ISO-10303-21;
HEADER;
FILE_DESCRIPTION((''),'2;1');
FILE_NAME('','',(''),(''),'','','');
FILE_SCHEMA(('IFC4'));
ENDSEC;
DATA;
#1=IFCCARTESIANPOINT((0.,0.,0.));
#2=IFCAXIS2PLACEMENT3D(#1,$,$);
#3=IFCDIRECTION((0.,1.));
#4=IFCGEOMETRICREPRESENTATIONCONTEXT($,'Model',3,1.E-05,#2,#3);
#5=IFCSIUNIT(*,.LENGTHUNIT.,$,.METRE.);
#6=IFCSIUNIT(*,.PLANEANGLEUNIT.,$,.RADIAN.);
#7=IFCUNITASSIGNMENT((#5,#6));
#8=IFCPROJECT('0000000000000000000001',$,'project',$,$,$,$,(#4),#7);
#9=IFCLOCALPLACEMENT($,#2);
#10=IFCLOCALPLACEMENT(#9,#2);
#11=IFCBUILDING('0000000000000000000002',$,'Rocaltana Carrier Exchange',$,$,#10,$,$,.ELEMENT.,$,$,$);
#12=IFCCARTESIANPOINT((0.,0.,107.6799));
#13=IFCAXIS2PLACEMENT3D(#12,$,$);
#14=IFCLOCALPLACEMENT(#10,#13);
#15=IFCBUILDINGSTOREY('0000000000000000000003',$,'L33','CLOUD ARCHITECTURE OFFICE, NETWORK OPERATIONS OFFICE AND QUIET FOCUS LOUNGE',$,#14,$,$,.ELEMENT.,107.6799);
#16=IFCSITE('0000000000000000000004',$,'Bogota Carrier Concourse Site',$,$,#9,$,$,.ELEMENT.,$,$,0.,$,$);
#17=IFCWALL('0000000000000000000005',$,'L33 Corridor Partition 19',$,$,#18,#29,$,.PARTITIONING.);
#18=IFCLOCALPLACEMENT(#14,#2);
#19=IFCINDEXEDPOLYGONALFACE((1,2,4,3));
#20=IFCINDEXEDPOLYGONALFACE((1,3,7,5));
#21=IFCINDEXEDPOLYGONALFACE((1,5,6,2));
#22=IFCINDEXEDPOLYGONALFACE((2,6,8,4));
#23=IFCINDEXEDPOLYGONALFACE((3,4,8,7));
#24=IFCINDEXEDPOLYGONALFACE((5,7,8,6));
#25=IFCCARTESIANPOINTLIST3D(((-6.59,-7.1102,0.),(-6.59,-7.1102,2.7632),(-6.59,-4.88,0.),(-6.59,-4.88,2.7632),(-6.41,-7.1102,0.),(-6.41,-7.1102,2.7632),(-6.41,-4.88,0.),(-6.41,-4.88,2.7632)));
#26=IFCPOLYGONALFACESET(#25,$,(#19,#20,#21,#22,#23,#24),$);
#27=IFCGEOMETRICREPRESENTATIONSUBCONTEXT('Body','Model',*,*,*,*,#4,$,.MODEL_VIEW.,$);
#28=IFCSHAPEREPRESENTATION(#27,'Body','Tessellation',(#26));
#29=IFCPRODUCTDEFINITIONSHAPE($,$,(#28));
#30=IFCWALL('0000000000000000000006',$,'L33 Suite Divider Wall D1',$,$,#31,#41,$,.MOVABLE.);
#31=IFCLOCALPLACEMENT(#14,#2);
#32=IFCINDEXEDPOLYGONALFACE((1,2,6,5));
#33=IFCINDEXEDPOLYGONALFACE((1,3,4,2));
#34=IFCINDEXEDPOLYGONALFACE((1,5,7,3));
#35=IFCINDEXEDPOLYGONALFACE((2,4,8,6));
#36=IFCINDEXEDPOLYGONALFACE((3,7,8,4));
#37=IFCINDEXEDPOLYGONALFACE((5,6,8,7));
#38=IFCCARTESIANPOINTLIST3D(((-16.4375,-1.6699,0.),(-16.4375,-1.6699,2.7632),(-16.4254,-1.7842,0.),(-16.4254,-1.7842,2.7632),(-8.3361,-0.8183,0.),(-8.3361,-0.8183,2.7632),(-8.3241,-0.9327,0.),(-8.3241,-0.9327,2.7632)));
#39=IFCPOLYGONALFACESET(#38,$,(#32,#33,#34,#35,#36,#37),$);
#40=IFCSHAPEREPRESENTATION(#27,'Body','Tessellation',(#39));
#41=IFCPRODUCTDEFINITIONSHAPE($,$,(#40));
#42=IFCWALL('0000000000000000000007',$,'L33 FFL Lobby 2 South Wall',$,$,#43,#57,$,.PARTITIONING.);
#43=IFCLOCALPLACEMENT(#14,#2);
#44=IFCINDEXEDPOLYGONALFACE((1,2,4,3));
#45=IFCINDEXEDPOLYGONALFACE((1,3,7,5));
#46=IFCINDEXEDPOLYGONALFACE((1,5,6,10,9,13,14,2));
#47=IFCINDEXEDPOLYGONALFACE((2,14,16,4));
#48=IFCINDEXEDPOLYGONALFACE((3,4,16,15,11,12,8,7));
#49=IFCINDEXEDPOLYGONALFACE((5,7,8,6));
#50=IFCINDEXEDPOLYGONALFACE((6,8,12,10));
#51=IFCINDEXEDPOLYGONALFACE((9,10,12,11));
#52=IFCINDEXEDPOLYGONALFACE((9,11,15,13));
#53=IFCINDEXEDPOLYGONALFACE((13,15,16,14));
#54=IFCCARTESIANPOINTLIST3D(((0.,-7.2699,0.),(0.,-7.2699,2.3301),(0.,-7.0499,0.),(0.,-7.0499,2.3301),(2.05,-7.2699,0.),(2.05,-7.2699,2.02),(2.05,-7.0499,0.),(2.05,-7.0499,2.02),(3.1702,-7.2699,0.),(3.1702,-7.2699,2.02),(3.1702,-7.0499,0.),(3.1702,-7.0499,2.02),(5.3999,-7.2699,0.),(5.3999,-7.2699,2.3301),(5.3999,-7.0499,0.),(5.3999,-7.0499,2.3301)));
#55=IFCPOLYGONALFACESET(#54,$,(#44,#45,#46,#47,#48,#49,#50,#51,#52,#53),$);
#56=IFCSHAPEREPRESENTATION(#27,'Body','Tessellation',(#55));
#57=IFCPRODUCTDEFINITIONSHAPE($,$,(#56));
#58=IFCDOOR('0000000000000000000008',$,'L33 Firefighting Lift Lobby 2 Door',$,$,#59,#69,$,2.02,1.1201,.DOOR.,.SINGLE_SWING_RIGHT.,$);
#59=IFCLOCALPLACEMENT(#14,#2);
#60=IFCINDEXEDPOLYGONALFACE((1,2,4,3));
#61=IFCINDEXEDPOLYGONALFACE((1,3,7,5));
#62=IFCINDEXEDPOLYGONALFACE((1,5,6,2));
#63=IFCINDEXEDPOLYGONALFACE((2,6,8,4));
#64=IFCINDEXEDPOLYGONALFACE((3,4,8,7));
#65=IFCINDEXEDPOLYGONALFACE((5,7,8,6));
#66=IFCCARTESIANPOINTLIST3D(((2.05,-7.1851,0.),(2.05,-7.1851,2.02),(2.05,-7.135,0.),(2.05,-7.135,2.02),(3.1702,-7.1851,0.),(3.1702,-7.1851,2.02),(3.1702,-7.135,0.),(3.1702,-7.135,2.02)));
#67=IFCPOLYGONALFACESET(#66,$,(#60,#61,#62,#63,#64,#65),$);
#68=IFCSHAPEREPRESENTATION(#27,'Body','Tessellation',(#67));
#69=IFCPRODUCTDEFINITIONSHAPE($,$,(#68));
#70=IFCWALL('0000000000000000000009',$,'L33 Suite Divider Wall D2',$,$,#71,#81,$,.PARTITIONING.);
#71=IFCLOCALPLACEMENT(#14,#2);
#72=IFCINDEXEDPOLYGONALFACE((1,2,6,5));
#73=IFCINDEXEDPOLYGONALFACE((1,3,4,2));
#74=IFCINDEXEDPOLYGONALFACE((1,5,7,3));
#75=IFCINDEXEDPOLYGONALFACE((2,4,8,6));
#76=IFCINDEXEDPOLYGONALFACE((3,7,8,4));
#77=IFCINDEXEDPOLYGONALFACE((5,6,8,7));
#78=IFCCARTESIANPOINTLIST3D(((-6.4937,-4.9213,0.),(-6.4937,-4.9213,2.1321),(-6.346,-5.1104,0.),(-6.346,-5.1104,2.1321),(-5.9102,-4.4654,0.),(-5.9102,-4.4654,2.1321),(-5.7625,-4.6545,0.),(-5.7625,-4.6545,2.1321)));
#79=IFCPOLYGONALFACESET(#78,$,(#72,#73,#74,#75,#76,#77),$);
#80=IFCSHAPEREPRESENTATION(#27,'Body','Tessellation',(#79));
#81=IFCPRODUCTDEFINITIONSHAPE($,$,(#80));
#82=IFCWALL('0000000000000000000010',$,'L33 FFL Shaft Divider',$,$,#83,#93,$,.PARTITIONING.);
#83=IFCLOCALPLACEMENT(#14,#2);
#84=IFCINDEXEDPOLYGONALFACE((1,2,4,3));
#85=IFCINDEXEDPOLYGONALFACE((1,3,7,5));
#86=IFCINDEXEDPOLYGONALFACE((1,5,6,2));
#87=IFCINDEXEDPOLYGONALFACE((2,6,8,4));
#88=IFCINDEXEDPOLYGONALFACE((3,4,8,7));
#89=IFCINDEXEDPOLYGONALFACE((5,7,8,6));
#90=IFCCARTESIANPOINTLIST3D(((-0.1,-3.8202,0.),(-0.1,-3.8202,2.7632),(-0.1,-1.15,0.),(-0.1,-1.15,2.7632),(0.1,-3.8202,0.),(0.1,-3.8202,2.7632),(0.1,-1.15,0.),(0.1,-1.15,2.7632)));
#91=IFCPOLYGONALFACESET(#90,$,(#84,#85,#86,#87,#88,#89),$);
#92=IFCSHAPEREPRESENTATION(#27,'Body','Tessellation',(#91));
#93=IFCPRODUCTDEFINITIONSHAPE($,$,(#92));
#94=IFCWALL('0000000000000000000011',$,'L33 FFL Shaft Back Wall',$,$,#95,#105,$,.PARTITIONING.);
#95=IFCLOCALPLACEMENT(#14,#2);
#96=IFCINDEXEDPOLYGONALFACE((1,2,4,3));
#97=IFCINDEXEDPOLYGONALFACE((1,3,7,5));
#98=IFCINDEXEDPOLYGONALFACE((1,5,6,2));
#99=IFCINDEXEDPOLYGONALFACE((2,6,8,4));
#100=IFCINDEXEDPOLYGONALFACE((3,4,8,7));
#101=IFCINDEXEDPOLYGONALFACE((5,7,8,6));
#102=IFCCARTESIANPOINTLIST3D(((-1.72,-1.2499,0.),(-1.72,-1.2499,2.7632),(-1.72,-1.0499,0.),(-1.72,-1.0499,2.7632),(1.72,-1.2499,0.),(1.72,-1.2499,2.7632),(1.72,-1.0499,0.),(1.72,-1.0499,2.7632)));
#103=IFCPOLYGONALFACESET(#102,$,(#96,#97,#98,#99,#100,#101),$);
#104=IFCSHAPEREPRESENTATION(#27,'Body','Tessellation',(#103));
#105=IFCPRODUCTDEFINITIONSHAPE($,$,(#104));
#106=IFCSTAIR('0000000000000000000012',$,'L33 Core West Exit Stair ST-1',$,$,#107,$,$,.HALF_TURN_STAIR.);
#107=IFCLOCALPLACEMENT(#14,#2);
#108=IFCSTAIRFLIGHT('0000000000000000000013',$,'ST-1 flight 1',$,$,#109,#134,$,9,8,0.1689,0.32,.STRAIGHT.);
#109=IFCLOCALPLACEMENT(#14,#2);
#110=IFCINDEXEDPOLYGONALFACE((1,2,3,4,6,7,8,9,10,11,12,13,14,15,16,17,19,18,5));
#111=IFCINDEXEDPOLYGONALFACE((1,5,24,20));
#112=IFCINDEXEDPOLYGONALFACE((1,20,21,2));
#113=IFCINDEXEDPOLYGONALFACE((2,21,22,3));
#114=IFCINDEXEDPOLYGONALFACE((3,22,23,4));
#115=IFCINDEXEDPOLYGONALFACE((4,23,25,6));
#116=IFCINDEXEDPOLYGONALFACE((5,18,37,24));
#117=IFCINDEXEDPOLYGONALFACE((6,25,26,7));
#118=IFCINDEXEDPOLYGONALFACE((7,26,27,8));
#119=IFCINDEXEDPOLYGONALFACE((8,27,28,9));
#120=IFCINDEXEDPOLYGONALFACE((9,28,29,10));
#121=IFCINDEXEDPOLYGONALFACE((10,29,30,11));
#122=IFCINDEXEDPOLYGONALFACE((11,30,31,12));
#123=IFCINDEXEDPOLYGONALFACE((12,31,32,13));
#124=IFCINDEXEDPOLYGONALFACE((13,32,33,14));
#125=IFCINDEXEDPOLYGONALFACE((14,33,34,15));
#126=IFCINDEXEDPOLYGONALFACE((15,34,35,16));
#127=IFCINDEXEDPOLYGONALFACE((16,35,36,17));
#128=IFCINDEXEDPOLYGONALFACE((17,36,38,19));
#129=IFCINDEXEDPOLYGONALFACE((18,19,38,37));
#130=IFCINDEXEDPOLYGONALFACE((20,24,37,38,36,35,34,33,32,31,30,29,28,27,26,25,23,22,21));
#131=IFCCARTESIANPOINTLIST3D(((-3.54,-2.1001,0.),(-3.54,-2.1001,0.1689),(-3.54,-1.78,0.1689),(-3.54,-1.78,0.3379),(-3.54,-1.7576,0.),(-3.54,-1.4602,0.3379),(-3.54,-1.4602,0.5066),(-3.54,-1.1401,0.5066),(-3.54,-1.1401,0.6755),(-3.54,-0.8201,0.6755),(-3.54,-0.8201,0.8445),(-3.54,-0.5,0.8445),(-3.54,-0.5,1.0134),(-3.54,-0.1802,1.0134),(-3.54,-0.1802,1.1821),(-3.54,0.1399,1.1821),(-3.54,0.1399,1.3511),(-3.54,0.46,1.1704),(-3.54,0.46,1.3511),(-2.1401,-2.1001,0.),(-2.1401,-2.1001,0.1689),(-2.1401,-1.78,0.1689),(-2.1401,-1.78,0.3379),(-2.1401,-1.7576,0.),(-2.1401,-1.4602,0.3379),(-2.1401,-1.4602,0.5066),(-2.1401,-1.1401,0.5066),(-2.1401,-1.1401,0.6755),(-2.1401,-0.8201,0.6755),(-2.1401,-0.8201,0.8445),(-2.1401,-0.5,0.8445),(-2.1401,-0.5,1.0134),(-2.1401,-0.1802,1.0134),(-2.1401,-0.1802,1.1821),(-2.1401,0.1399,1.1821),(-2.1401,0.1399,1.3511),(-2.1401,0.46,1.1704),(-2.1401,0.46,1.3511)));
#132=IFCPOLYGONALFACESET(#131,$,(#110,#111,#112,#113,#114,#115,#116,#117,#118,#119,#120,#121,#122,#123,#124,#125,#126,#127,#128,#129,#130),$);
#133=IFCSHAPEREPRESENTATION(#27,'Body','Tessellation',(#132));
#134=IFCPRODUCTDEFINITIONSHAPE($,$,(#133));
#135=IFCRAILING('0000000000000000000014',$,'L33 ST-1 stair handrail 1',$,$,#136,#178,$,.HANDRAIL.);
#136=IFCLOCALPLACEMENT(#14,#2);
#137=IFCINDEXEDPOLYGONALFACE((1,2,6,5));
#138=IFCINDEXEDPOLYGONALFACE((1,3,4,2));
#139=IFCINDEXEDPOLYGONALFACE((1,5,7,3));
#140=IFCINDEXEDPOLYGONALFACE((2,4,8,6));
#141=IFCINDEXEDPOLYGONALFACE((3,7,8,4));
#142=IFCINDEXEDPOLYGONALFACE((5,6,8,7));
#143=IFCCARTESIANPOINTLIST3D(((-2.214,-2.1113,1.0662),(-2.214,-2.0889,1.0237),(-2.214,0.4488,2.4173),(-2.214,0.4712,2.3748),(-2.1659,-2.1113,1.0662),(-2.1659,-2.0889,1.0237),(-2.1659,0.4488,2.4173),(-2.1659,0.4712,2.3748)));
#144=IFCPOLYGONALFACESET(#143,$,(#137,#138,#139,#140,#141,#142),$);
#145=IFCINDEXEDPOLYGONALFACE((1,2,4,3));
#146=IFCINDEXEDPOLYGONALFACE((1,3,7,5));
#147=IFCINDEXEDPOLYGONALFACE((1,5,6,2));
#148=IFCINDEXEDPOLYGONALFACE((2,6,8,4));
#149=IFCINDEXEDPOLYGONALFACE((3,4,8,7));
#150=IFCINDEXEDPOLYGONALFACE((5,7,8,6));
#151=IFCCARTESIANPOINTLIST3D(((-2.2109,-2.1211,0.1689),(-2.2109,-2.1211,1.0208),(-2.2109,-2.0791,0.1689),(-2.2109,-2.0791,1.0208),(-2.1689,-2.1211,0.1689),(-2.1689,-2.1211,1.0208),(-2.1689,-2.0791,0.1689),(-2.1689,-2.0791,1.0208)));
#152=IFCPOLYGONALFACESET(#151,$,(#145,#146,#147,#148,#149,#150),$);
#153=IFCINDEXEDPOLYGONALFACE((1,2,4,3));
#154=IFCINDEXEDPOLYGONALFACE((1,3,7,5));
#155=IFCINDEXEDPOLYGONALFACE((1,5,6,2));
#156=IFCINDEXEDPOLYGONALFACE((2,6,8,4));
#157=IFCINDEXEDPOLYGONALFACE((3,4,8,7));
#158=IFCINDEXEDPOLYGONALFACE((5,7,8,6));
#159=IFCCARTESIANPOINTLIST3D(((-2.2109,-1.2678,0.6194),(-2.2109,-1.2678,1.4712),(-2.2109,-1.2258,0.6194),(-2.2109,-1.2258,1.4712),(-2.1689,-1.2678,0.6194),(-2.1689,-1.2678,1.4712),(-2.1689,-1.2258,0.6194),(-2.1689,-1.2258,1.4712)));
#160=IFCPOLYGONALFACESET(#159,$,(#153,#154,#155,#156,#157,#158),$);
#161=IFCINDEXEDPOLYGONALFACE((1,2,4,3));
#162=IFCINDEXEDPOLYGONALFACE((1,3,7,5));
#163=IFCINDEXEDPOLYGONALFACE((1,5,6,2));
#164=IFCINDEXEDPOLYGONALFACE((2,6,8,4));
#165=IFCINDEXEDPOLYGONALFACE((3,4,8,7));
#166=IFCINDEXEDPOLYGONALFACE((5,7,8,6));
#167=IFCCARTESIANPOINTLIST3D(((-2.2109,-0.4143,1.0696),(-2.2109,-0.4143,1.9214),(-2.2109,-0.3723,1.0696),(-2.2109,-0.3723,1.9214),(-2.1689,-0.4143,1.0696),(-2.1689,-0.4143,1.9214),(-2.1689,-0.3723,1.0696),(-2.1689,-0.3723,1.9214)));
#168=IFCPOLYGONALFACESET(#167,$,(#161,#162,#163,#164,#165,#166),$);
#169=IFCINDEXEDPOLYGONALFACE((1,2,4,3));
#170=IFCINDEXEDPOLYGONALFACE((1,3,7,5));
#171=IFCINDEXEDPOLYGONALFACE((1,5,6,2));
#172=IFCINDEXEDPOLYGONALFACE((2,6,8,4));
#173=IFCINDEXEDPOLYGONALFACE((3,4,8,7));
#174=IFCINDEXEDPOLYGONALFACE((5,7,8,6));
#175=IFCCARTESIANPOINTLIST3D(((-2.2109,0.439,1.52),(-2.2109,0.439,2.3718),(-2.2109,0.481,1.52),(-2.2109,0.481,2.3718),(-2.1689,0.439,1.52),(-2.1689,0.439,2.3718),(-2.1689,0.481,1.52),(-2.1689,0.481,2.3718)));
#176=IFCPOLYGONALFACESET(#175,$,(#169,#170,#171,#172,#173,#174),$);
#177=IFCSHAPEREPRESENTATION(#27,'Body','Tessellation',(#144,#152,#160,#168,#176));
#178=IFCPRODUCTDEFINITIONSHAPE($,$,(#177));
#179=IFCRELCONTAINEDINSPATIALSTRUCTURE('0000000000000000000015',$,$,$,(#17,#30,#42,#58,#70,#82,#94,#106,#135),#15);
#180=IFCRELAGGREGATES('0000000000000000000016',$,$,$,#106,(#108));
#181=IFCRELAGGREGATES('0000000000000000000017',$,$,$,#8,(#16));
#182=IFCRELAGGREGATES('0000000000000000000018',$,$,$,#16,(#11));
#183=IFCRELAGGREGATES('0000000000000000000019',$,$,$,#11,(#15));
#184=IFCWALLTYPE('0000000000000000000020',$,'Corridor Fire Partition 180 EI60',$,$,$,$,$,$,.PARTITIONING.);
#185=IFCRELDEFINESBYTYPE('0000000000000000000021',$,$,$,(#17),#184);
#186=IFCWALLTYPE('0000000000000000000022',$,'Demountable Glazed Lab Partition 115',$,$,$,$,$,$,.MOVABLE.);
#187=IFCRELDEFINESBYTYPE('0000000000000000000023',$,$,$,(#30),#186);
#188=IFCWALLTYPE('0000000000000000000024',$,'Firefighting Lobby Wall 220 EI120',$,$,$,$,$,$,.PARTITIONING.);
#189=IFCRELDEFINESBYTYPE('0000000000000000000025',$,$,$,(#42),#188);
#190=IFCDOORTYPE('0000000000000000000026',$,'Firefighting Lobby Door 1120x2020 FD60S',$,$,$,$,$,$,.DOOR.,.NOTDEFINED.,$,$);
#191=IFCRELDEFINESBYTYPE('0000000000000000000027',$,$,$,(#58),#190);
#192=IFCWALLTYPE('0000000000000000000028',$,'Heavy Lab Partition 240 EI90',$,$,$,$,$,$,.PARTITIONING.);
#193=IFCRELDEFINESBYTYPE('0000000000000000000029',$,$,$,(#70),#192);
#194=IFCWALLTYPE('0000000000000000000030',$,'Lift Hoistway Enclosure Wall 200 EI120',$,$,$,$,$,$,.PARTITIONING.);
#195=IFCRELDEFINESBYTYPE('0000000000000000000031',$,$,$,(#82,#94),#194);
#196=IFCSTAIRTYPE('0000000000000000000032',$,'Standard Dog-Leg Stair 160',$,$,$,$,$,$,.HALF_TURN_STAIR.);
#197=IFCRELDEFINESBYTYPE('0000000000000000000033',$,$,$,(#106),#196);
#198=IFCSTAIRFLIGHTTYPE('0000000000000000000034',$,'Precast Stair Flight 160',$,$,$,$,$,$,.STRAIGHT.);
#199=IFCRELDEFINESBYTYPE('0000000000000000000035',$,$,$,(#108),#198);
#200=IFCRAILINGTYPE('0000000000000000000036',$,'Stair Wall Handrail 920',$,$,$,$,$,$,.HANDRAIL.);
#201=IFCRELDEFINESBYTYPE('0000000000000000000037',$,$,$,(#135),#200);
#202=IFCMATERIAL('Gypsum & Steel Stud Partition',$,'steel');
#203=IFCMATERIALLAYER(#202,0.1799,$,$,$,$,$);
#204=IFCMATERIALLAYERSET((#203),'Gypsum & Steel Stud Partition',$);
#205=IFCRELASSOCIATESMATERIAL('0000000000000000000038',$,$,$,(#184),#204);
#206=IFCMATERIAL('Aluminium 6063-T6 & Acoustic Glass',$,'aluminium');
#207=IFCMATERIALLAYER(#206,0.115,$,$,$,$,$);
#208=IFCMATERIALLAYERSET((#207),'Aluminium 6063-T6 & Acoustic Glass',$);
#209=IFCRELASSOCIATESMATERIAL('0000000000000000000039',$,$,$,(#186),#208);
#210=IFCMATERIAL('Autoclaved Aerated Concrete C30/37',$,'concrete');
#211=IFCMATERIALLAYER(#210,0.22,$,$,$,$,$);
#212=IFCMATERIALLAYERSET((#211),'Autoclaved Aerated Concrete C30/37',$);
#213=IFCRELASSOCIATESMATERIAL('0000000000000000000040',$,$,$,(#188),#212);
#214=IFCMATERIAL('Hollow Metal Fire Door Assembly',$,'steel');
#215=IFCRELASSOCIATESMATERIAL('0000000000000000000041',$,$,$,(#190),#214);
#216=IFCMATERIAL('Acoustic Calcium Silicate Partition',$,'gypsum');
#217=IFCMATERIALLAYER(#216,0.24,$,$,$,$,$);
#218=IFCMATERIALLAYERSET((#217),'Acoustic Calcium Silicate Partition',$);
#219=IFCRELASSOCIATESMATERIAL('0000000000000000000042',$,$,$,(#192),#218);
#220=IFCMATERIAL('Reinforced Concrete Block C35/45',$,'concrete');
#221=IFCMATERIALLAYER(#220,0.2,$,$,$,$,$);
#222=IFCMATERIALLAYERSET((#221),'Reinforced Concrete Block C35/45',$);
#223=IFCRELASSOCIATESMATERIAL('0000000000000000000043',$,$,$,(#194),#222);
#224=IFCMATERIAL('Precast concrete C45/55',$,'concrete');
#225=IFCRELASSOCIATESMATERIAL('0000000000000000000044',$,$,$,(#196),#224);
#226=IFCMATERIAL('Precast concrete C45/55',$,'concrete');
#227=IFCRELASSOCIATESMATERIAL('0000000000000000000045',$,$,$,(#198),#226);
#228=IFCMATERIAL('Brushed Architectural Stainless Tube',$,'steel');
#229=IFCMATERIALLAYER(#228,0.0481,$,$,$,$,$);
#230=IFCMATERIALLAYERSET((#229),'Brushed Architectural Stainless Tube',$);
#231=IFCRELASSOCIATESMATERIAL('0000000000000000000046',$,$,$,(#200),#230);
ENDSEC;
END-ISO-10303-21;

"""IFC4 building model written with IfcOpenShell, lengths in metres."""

from ifc_helpers import new_model, si_unit, direction, frame, frame_2d, origin, origin_2d, place, context, subcontext, project, spatial, polyline, rectangle, outline, extrude, material, layer, layer_set, type_object, element, fill, aggregate, save


model = new_model("IFC4")

# Units and contexts
model_context = context("Model", 3, precision=1e-05, world=origin(), true_north=direction((0.0, 1.0)))
body_context = subcontext(model_context, "Body", "Model", "MODEL_VIEW")
ifc_project = project(units=[si_unit("LENGTHUNIT", "METRE"), si_unit("PLANEANGLEUNIT", "RADIAN")], contexts=[model_context])

# Site, building, storey
site_placement = place(None, origin())
site = spatial("IfcSite", under=ifc_project, at=site_placement, Name="Bogota Carrier Concourse Site", CompositionType="ELEMENT", RefElevation=0.0)
building_placement = place(site_placement, origin())
building = spatial("IfcBuilding", under=site, at=building_placement, Name="Rocaltana Carrier Exchange", CompositionType="ELEMENT")
storey_placement = place(building_placement, frame((0.0, 0.0, 107.6799)))
storey = spatial("IfcBuildingStorey", under=building, at=storey_placement, Name="L33", Description="CLOUD ARCHITECTURE OFFICE, NETWORK OPERATIONS OFFICE AND QUIET FOCUS LOUNGE", CompositionType="ELEMENT", Elevation=107.6799)

# Walls
ifc_material_1 = material(Name="Gypsum & Steel Stud Partition", Category="steel")
ifc_layer_1 = layer(ifc_material_1, 0.1799)
ifc_layer_set_1 = layer_set([ifc_layer_1], Name="Gypsum & Steel Stud Partition")
wall_type_1 = type_object("IfcWallType", Name="Corridor Fire Partition 180 EI60", PredefinedType="PARTITIONING", material=ifc_layer_set_1)
wall_1_placement = place(storey_placement, frame((-6.5, -4.8799, 0.0), z_axis=(0.0, 0.0, 1.0), x_axis=(0.0, -1.0, 0.0)))
element("IfcWall", 1, at=wall_1_placement, inside=storey, type_object=wall_type_1, Name="L33 Corridor Partition 19", PredefinedType="PARTITIONING", context=body_context, shape_type="SweptSolid", body=[
    extrude(rectangle(XDim=2.2302, YDim=0.1799, at=frame_2d((1.1152, 0.0))), origin(), (0.0, 0.0, 1.0), 2.7632),
])
ifc_material_2 = material(Name="Aluminium 6063-T6 & Acoustic Glass", Category="aluminium")
ifc_layer_2 = layer(ifc_material_2, 0.115)
ifc_layer_set_2 = layer_set([ifc_layer_2], Name="Aluminium 6063-T6 & Acoustic Glass")
wall_type_2 = type_object("IfcWallType", Name="Demountable Glazed Lab Partition 115", PredefinedType="MOVABLE", material=ifc_layer_set_2)
wall_2_placement = place(storey_placement, frame((-8.3301, -0.8755, 0.0), z_axis=(0.0, 0.0, 1.0), x_axis=(-0.994521, -0.104538, 0.0)))
element("IfcWall", 2, at=wall_2_placement, inside=storey, type_object=wall_type_2, Name="L33 Suite Divider Wall D1", PredefinedType="MOVABLE", context=body_context, shape_type="SweptSolid", body=[
    extrude(rectangle(XDim=8.146, YDim=0.115, at=frame_2d((4.073, 0.0))), origin(), (0.0, 0.0, 1.0), 2.7632),
])

# Wall, opening, door
ifc_material_3 = material(Name="Autoclaved Aerated Concrete C30/37", Category="concrete")
ifc_layer_3 = layer(ifc_material_3, 0.22)
ifc_layer_set_3 = layer_set([ifc_layer_3], Name="Autoclaved Aerated Concrete C30/37")
wall_type_3 = type_object("IfcWallType", Name="Firefighting Lobby Wall 220 EI120", PredefinedType="PARTITIONING", material=ifc_layer_set_3)
wall_3_placement = place(storey_placement, frame((0.0, -7.1599, 0.0), z_axis=(0.0, 0.0, 1.0), x_axis=(1.0, 0.0, 0.0)))
wall_3 = element("IfcWall", 3, at=wall_3_placement, inside=storey, type_object=wall_type_3, Name="L33 FFL Lobby 2 South Wall", PredefinedType="PARTITIONING", context=body_context, shape_type="SweptSolid", body=[
    extrude(rectangle(XDim=5.3999, YDim=0.22, at=frame_2d((2.7, 0.0))), origin(), (0.0, 0.0, 1.0), 2.3301),
])
opening_1_placement = place(wall_3_placement, frame((2.05, 0.0, 0.0)))
opening_1 = element("IfcOpeningElement", 4, at=opening_1_placement, cuts=wall_3, PredefinedType="OPENING", context=body_context, shape_type="SweptSolid", body=[
    extrude(rectangle(XDim=1.1201, YDim=2.02, at=frame_2d((0.5601, 1.01))), frame((0.0, 0.1199, 0.0), z_axis=(0.0, -1.0, 0.0), x_axis=(1.0, 0.0, 0.0)), (0.0, 0.0, 1.0), 0.24),
])
ifc_material_4 = material(Name="Hollow Metal Fire Door Assembly", Category="steel")
door_type_1 = type_object("IfcDoorType", Name="Firefighting Lobby Door 1120x2020 FD60S", OperationType="NOTDEFINED", PredefinedType="DOOR", material=ifc_material_4)
door_1_placement = place(opening_1_placement, origin())
door_1 = element("IfcDoor", 5, at=door_1_placement, inside=storey, type_object=door_type_1, Name="L33 Firefighting Lift Lobby 2 Door", OperationType="SINGLE_SWING_RIGHT", OverallHeight=2.02, OverallWidth=1.1201, PredefinedType="DOOR", context=body_context, shape_type="SweptSolid", body=[
    extrude(rectangle(XDim=1.1201, YDim=2.02, at=frame_2d((0.5601, 1.01))), frame((0.0, 0.0249, 0.0), z_axis=(0.0, -1.0, 0.0), x_axis=(1.0, 0.0, 0.0)), (0.0, 0.0, 1.0), 0.05),
])
fill(opening_1, door_1)

# Walls
ifc_material_5 = material(Name="Acoustic Calcium Silicate Partition", Category="gypsum")
ifc_layer_4 = layer(ifc_material_5, 0.24)
ifc_layer_set_4 = layer_set([ifc_layer_4], Name="Acoustic Calcium Silicate Partition")
wall_type_4 = type_object("IfcWallType", Name="Heavy Lab Partition 240 EI90", PredefinedType="PARTITIONING", material=ifc_layer_set_4)
wall_4_placement = place(storey_placement, frame((-5.8364, -4.5601, 0.0), z_axis=(0.0, 0.0, 1.0), x_axis=(-0.788054, -0.615606, 0.0)))
element("IfcWall", 6, at=wall_4_placement, inside=storey, type_object=wall_type_4, Name="L33 Suite Divider Wall D2", PredefinedType="PARTITIONING", context=body_context, shape_type="SweptSolid", body=[
    extrude(rectangle(XDim=0.7405, YDim=0.24, at=frame_2d((0.3701, 0.0))), origin(), (0.0, 0.0, 1.0), 2.1321),
])
ifc_material_6 = material(Name="Reinforced Concrete Block C35/45", Category="concrete")
ifc_layer_5 = layer(ifc_material_6, 0.2)
ifc_layer_set_5 = layer_set([ifc_layer_5], Name="Reinforced Concrete Block C35/45")
wall_type_5 = type_object("IfcWallType", Name="Lift Hoistway Enclosure Wall 200 EI120", PredefinedType="PARTITIONING", material=ifc_layer_set_5)
wall_5_placement = place(storey_placement, frame((0.0, -3.8201, 0.0), z_axis=(0.0, 0.0, 1.0), x_axis=(0.0, 1.0, 0.0)))
element("IfcWall", 7, at=wall_5_placement, inside=storey, type_object=wall_type_5, Name="L33 FFL Shaft Divider", PredefinedType="PARTITIONING", context=body_context, shape_type="SweptSolid", body=[
    extrude(rectangle(XDim=2.6702, YDim=0.2, at=frame_2d((1.335, 0.0))), origin(), (0.0, 0.0, 1.0), 2.7632),
])
wall_6_placement = place(storey_placement, frame((-1.72, -1.1499, 0.0), z_axis=(0.0, 0.0, 1.0), x_axis=(1.0, 0.0, 0.0)))
element("IfcWall", 8, at=wall_6_placement, inside=storey, type_object=wall_type_5, Name="L33 FFL Shaft Back Wall", PredefinedType="PARTITIONING", context=body_context, shape_type="SweptSolid", body=[
    extrude(rectangle(XDim=3.4399, YDim=0.2, at=frame_2d((1.72, 0.0))), origin(), (0.0, 0.0, 1.0), 2.7632),
])

# Stair, stair flight
ifc_material_7 = material(Name="Precast concrete C45/55", Category="concrete")
stair_type = type_object("IfcStairType", Name="Standard Dog-Leg Stair 160", PredefinedType="HALF_TURN_STAIR", material=ifc_material_7)
stair_placement = place(storey_placement, origin())
stair = element("IfcStair", 9, at=stair_placement, inside=storey, type_object=stair_type, Name="L33 Core West Exit Stair ST-1", PredefinedType="HALF_TURN_STAIR")
ifc_material_8 = material(Name="Precast concrete C45/55", Category="concrete")
stair_flight_type = type_object("IfcStairFlightType", Name="Precast Stair Flight 160", PredefinedType="STRAIGHT", material=ifc_material_8)
stair_flight_placement = place(storey_placement, frame((-2.8401, -2.1001, 0.0), z_axis=(0.0, 0.0, 1.0), x_axis=(0.0, 1.0, 0.0)))
stair_flight = element("IfcStairFlight", 10, at=stair_flight_placement, type_object=stair_flight_type, Name="ST-1 flight 1", NumberOfRisers=9, NumberOfTreads=8, PredefinedType="STRAIGHT", RiserHeight=0.1689, TreadLength=0.32, context=body_context, shape_type="SweptSolid", body=[
    extrude(outline(polyline([(0.0, 0.0), (0.0, 0.1689), (0.3201, 0.1689), (0.3201, 0.3379), (0.6399, 0.3379), (0.6399, 0.5066), (0.96, 0.5066), (0.96, 0.6755), (1.28, 0.6755), (1.28, 0.8445), (1.6001, 0.8445), (1.6001, 1.0134), (1.9199, 1.0134), (1.9199, 1.1821), (2.24, 1.1821), (2.24, 1.3511), (2.5601, 1.3511), (2.5601, 1.52), (2.5601, 1.1704), (0.3425, 0.0), (0.0, 0.0)])), frame((0.0, 0.7, 0.0), z_axis=(0.0, -1.0, 0.0), x_axis=(1.0, 0.0, 0.0)), (0.0, 0.0, 1.0), 1.3999),
])
aggregate(stair, [stair_flight])

# Railing
ifc_material_9 = material(Name="Brushed Architectural Stainless Tube", Category="steel")
ifc_layer_6 = layer(ifc_material_9, 0.0481)
ifc_layer_set_6 = layer_set([ifc_layer_6], Name="Brushed Architectural Stainless Tube")
railing_type_1 = type_object("IfcRailingType", Name="Stair Wall Handrail 920", PredefinedType="HANDRAIL", material=ifc_layer_set_6)
railing_1_placement = place(storey_placement, frame((-2.1899, -2.1001, 0.1689)))
element("IfcRailing", 11, at=railing_1_placement, inside=storey, type_object=railing_type_1, Name="L33 ST-1 stair handrail 1", PredefinedType="HANDRAIL", context=body_context, shape_type="SweptSolid", body=[
    extrude(rectangle(XDim=0.0481, YDim=0.0481, at=origin_2d()), frame((0.0, 0.0, 0.876), z_axis=(0.0, 0.884394, 0.46674), x_axis=(-1.0, 0.0, 0.0)), (0.0, 0.0, 1.0), 2.8948),
    extrude(rectangle(XDim=0.042, YDim=0.042, at=origin_2d()), origin(), (0.0, 0.0, 1.0), 0.8518),
    extrude(rectangle(XDim=0.042, YDim=0.042, at=origin_2d()), frame((0.0, 0.8533, 0.4504)), (0.0, 0.0, 1.0), 0.8518),
    extrude(rectangle(XDim=0.042, YDim=0.042, at=origin_2d()), frame((0.0, 1.7068, 0.9006)), (0.0, 0.0, 1.0), 0.8518),
    extrude(rectangle(XDim=0.042, YDim=0.042, at=origin_2d()), frame((0.0, 2.5601, 1.3511)), (0.0, 0.0, 1.0), 0.8518),
])

save(model, "model.ifc")
